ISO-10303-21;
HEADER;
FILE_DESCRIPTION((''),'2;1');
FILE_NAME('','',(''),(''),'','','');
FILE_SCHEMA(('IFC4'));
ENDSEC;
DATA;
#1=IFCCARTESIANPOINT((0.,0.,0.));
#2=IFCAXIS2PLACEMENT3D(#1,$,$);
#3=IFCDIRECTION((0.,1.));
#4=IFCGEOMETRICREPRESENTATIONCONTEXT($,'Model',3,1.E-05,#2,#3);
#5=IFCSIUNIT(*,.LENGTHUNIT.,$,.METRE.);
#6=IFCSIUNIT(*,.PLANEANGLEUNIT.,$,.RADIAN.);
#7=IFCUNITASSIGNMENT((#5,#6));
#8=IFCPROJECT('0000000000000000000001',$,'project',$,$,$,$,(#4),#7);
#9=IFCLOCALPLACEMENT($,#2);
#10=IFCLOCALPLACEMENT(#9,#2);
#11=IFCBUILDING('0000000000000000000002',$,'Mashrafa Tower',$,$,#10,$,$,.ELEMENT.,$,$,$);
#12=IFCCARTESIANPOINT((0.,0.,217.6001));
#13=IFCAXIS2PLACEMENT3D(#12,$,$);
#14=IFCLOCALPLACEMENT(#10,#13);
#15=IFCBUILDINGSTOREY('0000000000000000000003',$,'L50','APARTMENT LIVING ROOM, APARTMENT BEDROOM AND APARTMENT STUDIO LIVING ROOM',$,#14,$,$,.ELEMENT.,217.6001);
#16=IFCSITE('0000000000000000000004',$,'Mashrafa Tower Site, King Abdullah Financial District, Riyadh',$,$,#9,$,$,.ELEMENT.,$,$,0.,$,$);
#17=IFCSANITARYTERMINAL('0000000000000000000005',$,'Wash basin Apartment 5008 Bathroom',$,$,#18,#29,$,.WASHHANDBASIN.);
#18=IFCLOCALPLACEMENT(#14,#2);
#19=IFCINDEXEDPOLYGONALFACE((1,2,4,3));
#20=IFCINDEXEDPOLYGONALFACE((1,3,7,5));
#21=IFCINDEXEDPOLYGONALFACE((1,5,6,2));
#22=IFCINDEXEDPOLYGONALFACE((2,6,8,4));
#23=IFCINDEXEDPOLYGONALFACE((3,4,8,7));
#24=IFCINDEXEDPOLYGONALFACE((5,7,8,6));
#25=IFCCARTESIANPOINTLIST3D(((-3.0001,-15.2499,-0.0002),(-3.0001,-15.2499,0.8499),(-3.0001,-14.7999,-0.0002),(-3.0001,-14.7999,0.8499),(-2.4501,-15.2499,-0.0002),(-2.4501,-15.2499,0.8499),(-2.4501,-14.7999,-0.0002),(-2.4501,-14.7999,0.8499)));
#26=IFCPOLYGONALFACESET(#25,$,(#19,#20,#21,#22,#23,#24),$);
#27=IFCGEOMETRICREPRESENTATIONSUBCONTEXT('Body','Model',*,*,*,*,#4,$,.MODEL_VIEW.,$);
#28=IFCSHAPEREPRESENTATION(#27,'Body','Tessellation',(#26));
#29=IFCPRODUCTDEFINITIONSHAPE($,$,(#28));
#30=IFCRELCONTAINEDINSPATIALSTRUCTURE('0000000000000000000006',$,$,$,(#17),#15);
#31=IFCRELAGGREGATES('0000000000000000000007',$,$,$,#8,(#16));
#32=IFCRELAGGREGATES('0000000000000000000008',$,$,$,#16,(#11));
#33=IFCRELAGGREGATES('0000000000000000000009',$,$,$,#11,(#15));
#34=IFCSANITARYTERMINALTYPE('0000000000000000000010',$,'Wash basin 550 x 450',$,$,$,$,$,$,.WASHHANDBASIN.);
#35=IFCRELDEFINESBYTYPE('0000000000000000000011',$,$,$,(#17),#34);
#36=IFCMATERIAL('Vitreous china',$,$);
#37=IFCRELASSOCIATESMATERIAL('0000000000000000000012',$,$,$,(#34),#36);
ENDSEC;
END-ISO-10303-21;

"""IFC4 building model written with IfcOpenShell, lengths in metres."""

from ifc_helpers import new_model, si_unit, direction, frame, origin, origin_2d, place, context, subcontext, project, spatial, rectangle, extrude, material, type_object, element, save


model = new_model("IFC4")

# Units and contexts
model_context = context("Model", 3, precision=1e-05, world=origin(), true_north=direction((0.0, 1.0)))
body_context = subcontext(model_context, "Body", "Model", "MODEL_VIEW")
ifc_project = project(units=[si_unit("LENGTHUNIT", "METRE"), si_unit("PLANEANGLEUNIT", "RADIAN")], contexts=[model_context])

# Site, building, storey
site_placement = place(None, origin())
site = spatial("IfcSite", under=ifc_project, at=site_placement, Name="Mashrafa Tower Site, King Abdullah Financial District, Riyadh", CompositionType="ELEMENT", RefElevation=0.0)
building_placement = place(site_placement, origin())
building = spatial("IfcBuilding", under=site, at=building_placement, Name="Mashrafa Tower", CompositionType="ELEMENT")
storey_placement = place(building_placement, frame((0.0, 0.0, 217.6001)))
storey = spatial("IfcBuildingStorey", under=building, at=storey_placement, Name="L50", Description="APARTMENT LIVING ROOM, APARTMENT BEDROOM AND APARTMENT STUDIO LIVING ROOM", CompositionType="ELEMENT", Elevation=217.6001)

# Sanitary terminal
ifc_material_1 = material(Name="Vitreous china")
sanitary_terminal_type_1 = type_object("IfcSanitaryTerminalType", Name="Wash basin 550 x 450", PredefinedType="WASHHANDBASIN", material=ifc_material_1)
sanitary_terminal_1_placement = place(storey_placement, frame((-2.7251, -15.0249, -0.0002), z_axis=(0.0, 0.0, 1.0), x_axis=(1.0, 0.0, 0.0)))
element("IfcSanitaryTerminal", 1, at=sanitary_terminal_1_placement, inside=storey, type_object=sanitary_terminal_type_1, Name="Wash basin Apartment 5008 Bathroom", PredefinedType="WASHHANDBASIN", context=body_context, shape_type="SweptSolid", body=[
    extrude(rectangle(XDim=0.55, YDim=0.45, at=origin_2d()), origin(), (0.0, 0.0, 1.0), 0.8501),
])

save(model, "model.ifc")
